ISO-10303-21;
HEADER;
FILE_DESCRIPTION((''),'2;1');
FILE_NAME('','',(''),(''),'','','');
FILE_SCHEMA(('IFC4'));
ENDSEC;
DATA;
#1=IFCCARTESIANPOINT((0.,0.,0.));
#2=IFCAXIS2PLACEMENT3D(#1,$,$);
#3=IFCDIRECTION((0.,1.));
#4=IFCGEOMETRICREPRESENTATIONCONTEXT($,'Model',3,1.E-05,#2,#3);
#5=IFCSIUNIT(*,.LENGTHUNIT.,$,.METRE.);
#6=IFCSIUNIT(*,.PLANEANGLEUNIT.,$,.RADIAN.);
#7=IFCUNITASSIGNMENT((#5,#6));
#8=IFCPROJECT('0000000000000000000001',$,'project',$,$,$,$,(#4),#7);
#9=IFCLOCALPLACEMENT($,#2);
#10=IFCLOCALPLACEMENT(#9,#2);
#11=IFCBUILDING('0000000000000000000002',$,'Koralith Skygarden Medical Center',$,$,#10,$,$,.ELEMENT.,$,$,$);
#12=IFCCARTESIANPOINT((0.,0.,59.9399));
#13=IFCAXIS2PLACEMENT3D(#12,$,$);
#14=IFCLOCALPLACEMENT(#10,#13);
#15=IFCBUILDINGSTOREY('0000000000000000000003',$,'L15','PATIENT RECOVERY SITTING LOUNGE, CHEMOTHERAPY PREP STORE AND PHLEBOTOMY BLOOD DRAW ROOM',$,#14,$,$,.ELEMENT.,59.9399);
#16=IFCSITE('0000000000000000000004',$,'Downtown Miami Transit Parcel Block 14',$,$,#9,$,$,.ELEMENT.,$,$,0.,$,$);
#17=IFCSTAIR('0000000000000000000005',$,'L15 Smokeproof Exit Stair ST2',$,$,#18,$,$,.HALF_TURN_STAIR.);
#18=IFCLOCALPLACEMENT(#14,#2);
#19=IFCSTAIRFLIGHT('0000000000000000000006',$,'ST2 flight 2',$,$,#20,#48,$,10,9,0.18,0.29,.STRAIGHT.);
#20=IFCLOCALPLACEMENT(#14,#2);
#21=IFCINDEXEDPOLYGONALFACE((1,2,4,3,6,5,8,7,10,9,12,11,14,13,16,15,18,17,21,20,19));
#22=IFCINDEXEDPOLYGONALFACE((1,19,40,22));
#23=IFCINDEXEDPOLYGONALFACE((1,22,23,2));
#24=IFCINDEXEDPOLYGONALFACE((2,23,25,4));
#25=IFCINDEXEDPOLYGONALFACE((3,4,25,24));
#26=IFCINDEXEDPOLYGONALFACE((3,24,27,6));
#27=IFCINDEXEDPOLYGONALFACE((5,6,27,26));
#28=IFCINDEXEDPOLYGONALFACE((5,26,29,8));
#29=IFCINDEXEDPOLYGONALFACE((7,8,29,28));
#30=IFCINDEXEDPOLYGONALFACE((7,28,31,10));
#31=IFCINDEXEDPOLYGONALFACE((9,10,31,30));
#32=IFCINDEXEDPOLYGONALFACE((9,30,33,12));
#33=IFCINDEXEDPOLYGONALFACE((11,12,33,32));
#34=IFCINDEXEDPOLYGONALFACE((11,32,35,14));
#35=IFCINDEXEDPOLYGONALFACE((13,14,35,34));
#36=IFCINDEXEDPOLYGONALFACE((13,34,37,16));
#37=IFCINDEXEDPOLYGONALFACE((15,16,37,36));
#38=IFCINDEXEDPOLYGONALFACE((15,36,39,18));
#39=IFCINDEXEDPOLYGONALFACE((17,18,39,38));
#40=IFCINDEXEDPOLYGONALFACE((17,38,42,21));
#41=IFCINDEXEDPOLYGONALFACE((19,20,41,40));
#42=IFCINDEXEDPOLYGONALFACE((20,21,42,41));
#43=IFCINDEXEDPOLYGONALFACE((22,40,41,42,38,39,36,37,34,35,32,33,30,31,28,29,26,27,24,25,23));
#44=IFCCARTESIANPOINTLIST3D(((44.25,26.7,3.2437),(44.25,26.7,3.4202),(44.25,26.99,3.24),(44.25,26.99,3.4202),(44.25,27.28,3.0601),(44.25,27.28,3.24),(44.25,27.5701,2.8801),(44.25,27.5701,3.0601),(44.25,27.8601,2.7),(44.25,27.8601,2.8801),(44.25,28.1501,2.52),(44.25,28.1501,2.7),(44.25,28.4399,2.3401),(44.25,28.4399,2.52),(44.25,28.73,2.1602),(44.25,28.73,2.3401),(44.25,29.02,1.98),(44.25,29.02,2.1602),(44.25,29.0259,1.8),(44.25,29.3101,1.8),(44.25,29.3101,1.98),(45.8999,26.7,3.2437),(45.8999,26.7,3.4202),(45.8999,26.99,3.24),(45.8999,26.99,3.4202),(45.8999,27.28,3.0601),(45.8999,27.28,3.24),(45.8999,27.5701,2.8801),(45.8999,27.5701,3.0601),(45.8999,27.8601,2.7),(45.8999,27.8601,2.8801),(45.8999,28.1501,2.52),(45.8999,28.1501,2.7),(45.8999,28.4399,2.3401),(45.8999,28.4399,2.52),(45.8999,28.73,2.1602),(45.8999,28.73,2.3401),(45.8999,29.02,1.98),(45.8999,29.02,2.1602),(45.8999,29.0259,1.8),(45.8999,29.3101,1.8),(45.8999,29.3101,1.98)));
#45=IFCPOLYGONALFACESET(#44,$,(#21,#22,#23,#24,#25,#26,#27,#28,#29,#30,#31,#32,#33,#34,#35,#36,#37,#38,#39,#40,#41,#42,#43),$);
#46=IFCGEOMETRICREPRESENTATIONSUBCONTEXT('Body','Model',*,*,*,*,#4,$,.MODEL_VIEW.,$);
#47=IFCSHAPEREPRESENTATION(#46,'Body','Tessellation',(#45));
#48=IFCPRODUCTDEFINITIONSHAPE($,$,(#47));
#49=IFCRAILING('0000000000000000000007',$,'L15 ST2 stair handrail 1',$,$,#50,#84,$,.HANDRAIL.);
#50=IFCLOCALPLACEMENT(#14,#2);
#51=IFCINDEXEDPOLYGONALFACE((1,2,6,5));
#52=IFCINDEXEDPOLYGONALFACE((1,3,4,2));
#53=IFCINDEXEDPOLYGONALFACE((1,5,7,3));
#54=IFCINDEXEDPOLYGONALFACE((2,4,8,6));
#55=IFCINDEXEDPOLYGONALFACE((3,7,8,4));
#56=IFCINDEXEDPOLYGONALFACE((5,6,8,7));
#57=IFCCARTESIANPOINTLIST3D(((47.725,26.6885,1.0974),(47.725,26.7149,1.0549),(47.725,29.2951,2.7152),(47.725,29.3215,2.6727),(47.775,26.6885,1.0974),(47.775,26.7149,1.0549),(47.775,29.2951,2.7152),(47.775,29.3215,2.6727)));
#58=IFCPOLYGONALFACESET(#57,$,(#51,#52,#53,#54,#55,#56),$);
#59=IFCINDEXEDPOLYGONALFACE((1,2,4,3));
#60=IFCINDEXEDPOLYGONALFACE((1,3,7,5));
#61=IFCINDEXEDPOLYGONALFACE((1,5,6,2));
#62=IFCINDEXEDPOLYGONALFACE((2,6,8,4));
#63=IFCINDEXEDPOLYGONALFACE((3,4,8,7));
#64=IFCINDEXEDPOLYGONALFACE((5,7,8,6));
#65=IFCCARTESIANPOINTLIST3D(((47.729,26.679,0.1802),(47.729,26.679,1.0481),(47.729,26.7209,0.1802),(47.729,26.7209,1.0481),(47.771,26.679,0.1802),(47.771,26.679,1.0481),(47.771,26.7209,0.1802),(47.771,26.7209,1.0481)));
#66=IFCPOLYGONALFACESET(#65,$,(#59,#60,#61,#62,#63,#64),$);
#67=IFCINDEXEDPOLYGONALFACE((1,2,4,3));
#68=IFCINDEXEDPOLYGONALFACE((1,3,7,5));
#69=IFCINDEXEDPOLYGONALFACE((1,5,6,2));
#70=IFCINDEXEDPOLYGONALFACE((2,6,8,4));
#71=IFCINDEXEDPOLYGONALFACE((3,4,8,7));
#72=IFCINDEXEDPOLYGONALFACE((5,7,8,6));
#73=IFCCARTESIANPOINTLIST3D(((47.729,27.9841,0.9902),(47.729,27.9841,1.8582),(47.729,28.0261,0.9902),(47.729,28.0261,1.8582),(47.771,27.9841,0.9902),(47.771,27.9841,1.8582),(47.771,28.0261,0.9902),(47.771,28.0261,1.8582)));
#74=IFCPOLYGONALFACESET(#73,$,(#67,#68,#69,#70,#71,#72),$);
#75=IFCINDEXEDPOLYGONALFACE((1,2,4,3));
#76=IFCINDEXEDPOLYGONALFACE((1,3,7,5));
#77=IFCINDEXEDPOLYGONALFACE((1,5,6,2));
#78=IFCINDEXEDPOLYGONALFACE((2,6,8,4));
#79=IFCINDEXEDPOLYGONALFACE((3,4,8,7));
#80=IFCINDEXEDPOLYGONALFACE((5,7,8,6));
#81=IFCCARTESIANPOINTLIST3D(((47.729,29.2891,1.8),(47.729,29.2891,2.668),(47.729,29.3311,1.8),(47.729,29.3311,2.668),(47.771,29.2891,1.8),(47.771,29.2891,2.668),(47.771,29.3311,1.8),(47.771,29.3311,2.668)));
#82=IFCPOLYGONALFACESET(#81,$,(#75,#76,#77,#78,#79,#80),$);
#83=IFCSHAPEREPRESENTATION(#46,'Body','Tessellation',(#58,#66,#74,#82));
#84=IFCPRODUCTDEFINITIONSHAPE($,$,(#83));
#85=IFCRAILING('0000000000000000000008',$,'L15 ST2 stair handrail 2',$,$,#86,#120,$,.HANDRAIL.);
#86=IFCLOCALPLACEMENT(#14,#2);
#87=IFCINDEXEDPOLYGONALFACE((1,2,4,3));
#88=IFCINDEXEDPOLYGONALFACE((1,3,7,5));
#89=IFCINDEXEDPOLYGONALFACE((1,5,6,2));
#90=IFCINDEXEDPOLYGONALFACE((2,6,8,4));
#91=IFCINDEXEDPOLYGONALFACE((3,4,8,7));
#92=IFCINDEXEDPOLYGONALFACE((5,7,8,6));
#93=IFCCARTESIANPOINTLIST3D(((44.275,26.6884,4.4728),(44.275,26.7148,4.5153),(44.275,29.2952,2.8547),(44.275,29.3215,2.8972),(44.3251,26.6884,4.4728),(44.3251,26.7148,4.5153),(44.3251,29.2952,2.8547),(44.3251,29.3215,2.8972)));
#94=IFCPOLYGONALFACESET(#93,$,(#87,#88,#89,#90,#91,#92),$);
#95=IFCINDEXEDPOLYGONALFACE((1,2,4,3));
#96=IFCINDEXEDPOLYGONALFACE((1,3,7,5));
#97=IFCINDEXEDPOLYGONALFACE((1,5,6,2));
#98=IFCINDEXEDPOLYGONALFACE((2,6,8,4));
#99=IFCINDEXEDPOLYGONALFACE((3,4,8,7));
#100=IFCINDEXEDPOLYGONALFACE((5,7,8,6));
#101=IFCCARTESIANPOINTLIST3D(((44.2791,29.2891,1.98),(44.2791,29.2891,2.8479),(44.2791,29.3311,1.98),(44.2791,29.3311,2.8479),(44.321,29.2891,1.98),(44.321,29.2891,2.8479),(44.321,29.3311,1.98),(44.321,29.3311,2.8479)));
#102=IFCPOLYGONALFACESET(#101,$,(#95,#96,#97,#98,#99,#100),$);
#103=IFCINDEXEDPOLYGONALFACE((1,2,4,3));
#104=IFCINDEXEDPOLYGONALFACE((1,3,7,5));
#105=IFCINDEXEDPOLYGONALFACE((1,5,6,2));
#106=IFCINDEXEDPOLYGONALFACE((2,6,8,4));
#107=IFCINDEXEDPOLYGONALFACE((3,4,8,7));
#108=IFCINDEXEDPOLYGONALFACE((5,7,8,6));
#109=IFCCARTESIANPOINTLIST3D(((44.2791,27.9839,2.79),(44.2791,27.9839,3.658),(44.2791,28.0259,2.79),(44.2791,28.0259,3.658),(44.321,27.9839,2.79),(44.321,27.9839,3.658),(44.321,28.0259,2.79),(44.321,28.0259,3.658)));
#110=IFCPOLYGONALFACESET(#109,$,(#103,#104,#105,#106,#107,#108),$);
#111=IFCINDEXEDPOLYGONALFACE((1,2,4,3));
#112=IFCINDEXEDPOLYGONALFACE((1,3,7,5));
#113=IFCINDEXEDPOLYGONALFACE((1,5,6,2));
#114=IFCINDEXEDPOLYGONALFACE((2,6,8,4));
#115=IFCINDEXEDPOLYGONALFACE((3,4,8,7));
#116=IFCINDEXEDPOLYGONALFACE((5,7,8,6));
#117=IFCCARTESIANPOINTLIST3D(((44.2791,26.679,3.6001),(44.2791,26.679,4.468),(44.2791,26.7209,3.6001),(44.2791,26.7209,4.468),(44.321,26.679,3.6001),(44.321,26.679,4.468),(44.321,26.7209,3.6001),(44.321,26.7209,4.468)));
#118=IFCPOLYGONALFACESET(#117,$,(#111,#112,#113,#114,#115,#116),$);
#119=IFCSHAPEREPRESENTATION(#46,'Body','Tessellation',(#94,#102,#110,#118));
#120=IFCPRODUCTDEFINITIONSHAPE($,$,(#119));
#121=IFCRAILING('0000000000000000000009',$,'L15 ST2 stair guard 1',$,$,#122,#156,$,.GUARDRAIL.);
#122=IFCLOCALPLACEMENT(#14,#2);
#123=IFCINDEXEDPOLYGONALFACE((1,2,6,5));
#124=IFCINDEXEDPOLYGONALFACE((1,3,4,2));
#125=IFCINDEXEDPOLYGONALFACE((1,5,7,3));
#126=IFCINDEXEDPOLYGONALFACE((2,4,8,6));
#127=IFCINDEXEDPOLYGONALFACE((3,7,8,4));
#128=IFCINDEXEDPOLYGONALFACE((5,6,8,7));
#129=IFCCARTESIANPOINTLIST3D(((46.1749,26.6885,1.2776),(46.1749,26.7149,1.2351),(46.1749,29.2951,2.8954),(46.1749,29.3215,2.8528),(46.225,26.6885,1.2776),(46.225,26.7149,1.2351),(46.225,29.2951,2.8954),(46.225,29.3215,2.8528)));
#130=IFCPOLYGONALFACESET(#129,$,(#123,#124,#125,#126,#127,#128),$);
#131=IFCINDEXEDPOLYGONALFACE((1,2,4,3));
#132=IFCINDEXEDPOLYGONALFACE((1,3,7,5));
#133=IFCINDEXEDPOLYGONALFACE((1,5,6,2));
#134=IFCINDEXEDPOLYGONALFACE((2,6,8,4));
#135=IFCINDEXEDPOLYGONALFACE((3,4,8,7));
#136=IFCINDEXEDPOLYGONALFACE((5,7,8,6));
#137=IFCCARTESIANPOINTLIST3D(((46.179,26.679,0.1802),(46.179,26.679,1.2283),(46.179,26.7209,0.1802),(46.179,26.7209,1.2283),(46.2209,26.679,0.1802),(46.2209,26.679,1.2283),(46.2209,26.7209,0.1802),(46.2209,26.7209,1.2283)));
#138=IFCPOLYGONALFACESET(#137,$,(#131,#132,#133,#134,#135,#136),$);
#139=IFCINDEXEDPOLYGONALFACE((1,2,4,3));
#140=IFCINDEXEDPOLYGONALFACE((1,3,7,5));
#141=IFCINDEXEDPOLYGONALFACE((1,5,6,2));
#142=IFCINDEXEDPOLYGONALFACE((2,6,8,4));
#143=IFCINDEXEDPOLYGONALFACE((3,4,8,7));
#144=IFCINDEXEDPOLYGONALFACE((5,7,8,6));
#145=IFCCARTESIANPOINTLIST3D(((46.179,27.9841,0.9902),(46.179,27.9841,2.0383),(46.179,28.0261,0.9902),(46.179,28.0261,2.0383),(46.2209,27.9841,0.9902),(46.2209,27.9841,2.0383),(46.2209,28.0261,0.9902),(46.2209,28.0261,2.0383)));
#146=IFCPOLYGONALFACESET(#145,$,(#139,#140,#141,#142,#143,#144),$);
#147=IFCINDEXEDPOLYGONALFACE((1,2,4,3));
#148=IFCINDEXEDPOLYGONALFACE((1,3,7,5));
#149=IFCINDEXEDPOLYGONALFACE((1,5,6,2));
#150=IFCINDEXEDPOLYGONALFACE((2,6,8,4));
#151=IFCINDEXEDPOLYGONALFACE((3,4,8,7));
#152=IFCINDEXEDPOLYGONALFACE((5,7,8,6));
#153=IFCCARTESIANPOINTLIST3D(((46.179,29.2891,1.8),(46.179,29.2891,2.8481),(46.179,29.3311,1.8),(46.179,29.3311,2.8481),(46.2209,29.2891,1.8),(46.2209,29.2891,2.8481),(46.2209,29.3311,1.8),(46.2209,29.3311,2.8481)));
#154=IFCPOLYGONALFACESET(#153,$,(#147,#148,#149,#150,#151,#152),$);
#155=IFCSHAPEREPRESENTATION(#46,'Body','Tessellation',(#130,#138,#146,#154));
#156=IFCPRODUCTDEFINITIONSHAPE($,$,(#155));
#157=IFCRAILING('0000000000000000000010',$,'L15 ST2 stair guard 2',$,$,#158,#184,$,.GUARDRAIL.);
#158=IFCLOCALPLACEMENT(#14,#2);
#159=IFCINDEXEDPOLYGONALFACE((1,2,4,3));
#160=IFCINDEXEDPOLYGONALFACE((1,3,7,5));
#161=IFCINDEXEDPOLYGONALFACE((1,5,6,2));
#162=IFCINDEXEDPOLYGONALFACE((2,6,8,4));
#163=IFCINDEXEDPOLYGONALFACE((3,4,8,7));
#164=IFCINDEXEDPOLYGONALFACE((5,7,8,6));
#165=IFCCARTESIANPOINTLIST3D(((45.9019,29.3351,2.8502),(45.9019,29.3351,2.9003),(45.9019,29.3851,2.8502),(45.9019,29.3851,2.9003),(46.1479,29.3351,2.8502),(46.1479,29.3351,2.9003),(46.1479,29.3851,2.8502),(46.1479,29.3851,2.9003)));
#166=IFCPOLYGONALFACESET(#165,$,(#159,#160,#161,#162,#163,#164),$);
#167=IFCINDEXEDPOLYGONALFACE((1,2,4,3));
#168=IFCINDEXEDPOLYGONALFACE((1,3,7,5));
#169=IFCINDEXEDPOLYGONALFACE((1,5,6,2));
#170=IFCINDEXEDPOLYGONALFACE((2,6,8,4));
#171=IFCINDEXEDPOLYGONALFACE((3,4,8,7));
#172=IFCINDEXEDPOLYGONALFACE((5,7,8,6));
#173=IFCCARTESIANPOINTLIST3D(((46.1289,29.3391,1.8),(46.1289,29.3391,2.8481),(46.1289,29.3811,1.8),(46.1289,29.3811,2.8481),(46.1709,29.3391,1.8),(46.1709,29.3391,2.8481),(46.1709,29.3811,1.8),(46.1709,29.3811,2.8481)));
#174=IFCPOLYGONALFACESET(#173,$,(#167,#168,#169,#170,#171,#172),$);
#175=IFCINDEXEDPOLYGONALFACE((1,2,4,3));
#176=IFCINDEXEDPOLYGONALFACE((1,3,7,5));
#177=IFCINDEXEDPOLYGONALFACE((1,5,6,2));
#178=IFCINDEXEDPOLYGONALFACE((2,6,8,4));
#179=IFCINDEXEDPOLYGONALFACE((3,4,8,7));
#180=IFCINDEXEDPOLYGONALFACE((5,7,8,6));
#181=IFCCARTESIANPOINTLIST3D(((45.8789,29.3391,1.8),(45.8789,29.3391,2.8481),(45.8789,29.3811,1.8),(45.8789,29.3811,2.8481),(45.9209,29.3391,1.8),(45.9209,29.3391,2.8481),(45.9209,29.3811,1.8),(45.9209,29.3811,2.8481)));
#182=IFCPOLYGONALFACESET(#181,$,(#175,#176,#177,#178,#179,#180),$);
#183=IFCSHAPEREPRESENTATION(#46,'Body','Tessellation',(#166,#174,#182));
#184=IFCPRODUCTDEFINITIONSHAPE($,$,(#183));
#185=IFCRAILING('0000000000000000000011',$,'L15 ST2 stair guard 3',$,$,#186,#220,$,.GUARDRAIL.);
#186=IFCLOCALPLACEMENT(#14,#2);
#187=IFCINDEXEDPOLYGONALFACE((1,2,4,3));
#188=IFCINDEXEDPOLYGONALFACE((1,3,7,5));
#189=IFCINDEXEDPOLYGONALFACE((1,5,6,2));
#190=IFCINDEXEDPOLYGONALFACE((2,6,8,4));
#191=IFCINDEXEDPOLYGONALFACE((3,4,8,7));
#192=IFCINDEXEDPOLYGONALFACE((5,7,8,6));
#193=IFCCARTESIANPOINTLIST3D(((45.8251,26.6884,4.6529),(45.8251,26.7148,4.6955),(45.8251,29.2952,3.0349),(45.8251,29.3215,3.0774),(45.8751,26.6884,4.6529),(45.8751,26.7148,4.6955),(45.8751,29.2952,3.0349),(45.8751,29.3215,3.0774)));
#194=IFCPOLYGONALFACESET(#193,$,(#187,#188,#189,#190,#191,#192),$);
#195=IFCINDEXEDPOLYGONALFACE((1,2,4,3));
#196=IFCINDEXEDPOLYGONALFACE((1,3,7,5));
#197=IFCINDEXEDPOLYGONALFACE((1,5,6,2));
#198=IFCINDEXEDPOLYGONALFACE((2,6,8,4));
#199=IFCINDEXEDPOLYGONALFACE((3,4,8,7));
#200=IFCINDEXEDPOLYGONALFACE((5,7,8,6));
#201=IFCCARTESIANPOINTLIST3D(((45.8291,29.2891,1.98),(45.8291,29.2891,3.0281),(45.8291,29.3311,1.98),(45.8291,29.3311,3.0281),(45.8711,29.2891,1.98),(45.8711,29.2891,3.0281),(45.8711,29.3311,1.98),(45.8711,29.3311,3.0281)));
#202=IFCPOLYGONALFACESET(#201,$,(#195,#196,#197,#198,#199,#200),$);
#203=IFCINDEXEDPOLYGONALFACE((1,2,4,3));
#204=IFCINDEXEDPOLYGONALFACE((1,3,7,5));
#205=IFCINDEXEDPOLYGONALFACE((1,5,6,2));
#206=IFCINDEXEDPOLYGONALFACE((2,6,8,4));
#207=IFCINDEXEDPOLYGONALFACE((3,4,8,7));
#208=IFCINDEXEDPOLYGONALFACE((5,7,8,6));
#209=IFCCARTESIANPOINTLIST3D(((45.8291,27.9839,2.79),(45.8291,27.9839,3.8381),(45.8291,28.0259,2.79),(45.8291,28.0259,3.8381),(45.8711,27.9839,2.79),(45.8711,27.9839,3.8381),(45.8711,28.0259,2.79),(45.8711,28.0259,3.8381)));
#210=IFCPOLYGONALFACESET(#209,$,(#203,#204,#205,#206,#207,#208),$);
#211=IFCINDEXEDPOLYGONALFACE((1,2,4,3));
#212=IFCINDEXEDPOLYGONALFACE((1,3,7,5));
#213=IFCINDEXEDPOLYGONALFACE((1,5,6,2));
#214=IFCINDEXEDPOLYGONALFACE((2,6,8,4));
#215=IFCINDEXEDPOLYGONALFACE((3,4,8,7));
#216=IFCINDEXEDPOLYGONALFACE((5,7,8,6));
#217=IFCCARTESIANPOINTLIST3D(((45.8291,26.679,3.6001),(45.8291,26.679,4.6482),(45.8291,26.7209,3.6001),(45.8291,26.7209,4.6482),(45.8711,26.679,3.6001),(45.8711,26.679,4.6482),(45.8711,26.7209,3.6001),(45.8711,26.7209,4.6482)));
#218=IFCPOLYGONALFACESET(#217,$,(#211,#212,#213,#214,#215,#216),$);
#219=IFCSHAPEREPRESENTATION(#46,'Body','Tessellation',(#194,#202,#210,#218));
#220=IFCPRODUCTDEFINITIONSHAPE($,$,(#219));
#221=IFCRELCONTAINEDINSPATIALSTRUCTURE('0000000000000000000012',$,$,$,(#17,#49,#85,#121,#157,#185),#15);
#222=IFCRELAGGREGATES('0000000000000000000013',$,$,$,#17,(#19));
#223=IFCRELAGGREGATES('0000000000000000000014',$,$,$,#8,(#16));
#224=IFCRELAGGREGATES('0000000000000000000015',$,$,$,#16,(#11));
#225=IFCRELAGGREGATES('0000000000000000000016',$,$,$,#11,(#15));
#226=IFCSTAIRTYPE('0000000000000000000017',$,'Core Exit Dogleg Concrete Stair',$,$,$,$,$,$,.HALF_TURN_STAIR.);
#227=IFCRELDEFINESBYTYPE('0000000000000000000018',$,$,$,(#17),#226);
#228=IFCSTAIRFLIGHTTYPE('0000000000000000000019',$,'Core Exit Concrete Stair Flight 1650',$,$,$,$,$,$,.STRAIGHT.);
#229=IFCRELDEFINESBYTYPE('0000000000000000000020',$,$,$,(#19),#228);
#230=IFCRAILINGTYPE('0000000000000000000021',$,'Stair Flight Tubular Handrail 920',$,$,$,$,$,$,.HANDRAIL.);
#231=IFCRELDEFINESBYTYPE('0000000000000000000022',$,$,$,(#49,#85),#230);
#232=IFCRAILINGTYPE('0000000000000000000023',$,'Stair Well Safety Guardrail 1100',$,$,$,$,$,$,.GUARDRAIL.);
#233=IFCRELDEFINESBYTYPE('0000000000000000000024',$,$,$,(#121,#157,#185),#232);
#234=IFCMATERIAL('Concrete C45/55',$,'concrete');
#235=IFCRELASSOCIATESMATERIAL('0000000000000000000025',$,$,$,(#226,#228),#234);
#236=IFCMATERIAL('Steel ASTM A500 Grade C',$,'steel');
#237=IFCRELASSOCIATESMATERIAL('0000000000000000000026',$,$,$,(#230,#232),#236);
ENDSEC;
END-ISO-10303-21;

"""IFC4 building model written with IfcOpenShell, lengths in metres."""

from ifc_helpers import new_model, si_unit, direction, frame, origin, origin_2d, place, context, subcontext, project, spatial, polyline, rectangle, outline, extrude, material, type_object, element, aggregate, save


model = new_model("IFC4")

# Units and contexts
model_context = context("Model", 3, precision=1e-05, world=origin(), true_north=direction((0.0, 1.0)))
body_context = subcontext(model_context, "Body", "Model", "MODEL_VIEW")
ifc_project = project(units=[si_unit("LENGTHUNIT", "METRE"), si_unit("PLANEANGLEUNIT", "RADIAN")], contexts=[model_context])

# Site, building, storey
site_placement = place(None, origin())
site = spatial("IfcSite", under=ifc_project, at=site_placement, Name="Downtown Miami Transit Parcel Block 14", CompositionType="ELEMENT", RefElevation=0.0)
building_placement = place(site_placement, origin())
building = spatial("IfcBuilding", under=site, at=building_placement, Name="Koralith Skygarden Medical Center", CompositionType="ELEMENT")
storey_placement = place(building_placement, frame((0.0, 0.0, 59.9399)))
storey = spatial("IfcBuildingStorey", under=building, at=storey_placement, Name="L15", Description="PATIENT RECOVERY SITTING LOUNGE, CHEMOTHERAPY PREP STORE AND PHLEBOTOMY BLOOD DRAW ROOM", CompositionType="ELEMENT", Elevation=59.9399)

# Shared definitions
ifc_material_1 = material(Name="Concrete C45/55", Category="concrete")

# Shared definitions
ifc_material_2 = material(Name="Steel ASTM A500 Grade C", Category="steel")

# Stair, stair flight
stair_type = type_object("IfcStairType", Name="Core Exit Dogleg Concrete Stair", PredefinedType="HALF_TURN_STAIR", material=ifc_material_1)
stair_placement = place(storey_placement, origin())
stair = element("IfcStair", 1, at=stair_placement, inside=storey, type_object=stair_type, Name="L15 Smokeproof Exit Stair ST2", PredefinedType="HALF_TURN_STAIR")
stair_flight_type = type_object("IfcStairFlightType", Name="Core Exit Concrete Stair Flight 1650", PredefinedType="STRAIGHT", material=ifc_material_1)
stair_flight_1_placement = place(storey_placement, frame((45.075, 29.3101, 1.8), z_axis=(0.0, 0.0, 1.0), x_axis=(0.0, -1.0, 0.0)))
stair_flight_1 = element("IfcStairFlight", 2, at=stair_flight_1_placement, type_object=stair_flight_type, Name="ST2 flight 2", NumberOfRisers=10, NumberOfTreads=9, PredefinedType="STRAIGHT", RiserHeight=0.18, TreadLength=0.29, context=body_context, shape_type="SweptSolid", body=[
    extrude(outline(polyline([(0.0, 0.0), (0.0, 0.1799), (0.29, 0.1799), (0.29, 0.3601), (0.5801, 0.3601), (0.5801, 0.54), (0.8701, 0.54), (0.8701, 0.72), (1.1599, 0.72), (1.1599, 0.8999), (1.45, 0.8999), (1.45, 1.0801), (1.74, 1.0801), (1.74, 1.26), (2.03, 1.26), (2.03, 1.4399), (2.3201, 1.4399), (2.3201, 1.6201), (2.6101, 1.6201), (2.6101, 1.8), (2.6101, 1.4436), (0.2842, 0.0), (0.0, 0.0)])), frame((0.0, 0.825, 0.0), z_axis=(0.0, -1.0, 0.0), x_axis=(1.0, 0.0, 0.0)), (0.0, 0.0, 1.0), 1.6499),
])
aggregate(stair, [stair_flight_1])

# Railings
railing_type_1 = type_object("IfcRailingType", Name="Stair Flight Tubular Handrail 920", PredefinedType="HANDRAIL", material=ifc_material_2)
railing_1_placement = place(storey_placement, frame((47.75, 26.7, 0.1802)))
element("IfcRailing", 3, at=railing_1_placement, inside=storey, type_object=railing_type_1, Name="L15 ST2 stair handrail 1", PredefinedType="HANDRAIL", context=body_context, shape_type="SweptSolid", body=[
    extrude(rectangle(XDim=0.05, YDim=0.05, at=origin_2d()), frame((0.0, 0.0017, 0.896), z_axis=(0.0, 0.849668, 0.527317), x_axis=(-1.0, 0.0, 0.0)), (0.0, 0.0, 1.0), 3.0679),
    extrude(rectangle(XDim=0.042, YDim=0.042, at=origin_2d()), origin(), (0.0, 0.0, 1.0), 0.8679),
    extrude(rectangle(XDim=0.042, YDim=0.042, at=origin_2d()), frame((0.0, 1.3052, 0.8101)), (0.0, 0.0, 1.0), 0.8679),
    extrude(rectangle(XDim=0.042, YDim=0.042, at=origin_2d()), frame((0.0, 2.6101, 1.6199)), (0.0, 0.0, 1.0), 0.8679),
])
railing_2_placement = place(storey_placement, frame((44.3, 29.3101, 1.98)))
element("IfcRailing", 4, at=railing_2_placement, inside=storey, type_object=railing_type_1, Name="L15 ST2 stair handrail 2", PredefinedType="HANDRAIL", context=body_context, shape_type="SweptSolid", body=[
    extrude(rectangle(XDim=0.05, YDim=0.05, at=origin_2d()), frame((0.0, -0.0017, 0.896), z_axis=(0.0, -0.849633, 0.527375), x_axis=(1.0, 0.0, 0.0)), (0.0, 0.0, 1.0), 3.0681),
    extrude(rectangle(XDim=0.042, YDim=0.042, at=origin_2d()), origin(), (0.0, 0.0, 1.0), 0.8679),
    extrude(rectangle(XDim=0.042, YDim=0.042, at=origin_2d()), frame((0.0, -1.3052, 0.8101)), (0.0, 0.0, 1.0), 0.8679),
    extrude(rectangle(XDim=0.042, YDim=0.042, at=origin_2d()), frame((0.0, -2.6101, 1.6201)), (0.0, 0.0, 1.0), 0.8679),
])
railing_type_2 = type_object("IfcRailingType", Name="Stair Well Safety Guardrail 1100", PredefinedType="GUARDRAIL", material=ifc_material_2)
railing_3_placement = place(storey_placement, frame((46.2, 26.7, 0.1802)))
element("IfcRailing", 5, at=railing_3_placement, inside=storey, type_object=railing_type_2, Name="L15 ST2 stair guard 1", PredefinedType="GUARDRAIL", context=body_context, shape_type="SweptSolid", body=[
    extrude(rectangle(XDim=0.05, YDim=0.05, at=origin_2d()), frame((0.0, 0.0017, 1.0762), z_axis=(0.0, 0.849668, 0.527317), x_axis=(-1.0, 0.0, 0.0)), (0.0, 0.0, 1.0), 3.0679),
    extrude(rectangle(XDim=0.042, YDim=0.042, at=origin_2d()), origin(), (0.0, 0.0, 1.0), 1.0481),
    extrude(rectangle(XDim=0.042, YDim=0.042, at=origin_2d()), frame((0.0, 1.3052, 0.8101)), (0.0, 0.0, 1.0), 1.0481),
    extrude(rectangle(XDim=0.042, YDim=0.042, at=origin_2d()), frame((0.0, 2.6101, 1.6199)), (0.0, 0.0, 1.0), 1.0481),
])
railing_4_placement = place(storey_placement, frame((46.1499, 29.3601, 1.8)))
element("IfcRailing", 6, at=railing_4_placement, inside=storey, type_object=railing_type_2, Name="L15 ST2 stair guard 2", PredefinedType="GUARDRAIL", context=body_context, shape_type="SweptSolid", body=[
    extrude(rectangle(XDim=0.05, YDim=0.05, at=origin_2d()), frame((-0.002, 0.0, 1.0752), z_axis=(-1.0, 0.0, 0.0), x_axis=(0.0, -1.0, 0.0)), (0.0, 0.0, 1.0), 0.2461),
    extrude(rectangle(XDim=0.042, YDim=0.042, at=origin_2d()), origin(), (0.0, 0.0, 1.0), 1.0481),
    extrude(rectangle(XDim=0.042, YDim=0.042, at=origin_2d()), frame((-0.25, 0.0, 0.0)), (0.0, 0.0, 1.0), 1.0481),
])
railing_5_placement = place(storey_placement, frame((45.8501, 29.3101, 1.98)))
element("IfcRailing", 7, at=railing_5_placement, inside=storey, type_object=railing_type_2, Name="L15 ST2 stair guard 3", PredefinedType="GUARDRAIL", context=body_context, shape_type="SweptSolid", body=[
    extrude(rectangle(XDim=0.05, YDim=0.05, at=origin_2d()), frame((0.0, -0.0017, 1.0762), z_axis=(0.0, -0.849633, 0.527375), x_axis=(1.0, 0.0, 0.0)), (0.0, 0.0, 1.0), 3.0681),
    extrude(rectangle(XDim=0.042, YDim=0.042, at=origin_2d()), origin(), (0.0, 0.0, 1.0), 1.0481),
    extrude(rectangle(XDim=0.042, YDim=0.042, at=origin_2d()), frame((0.0, -1.3052, 0.8101)), (0.0, 0.0, 1.0), 1.0481),
    extrude(rectangle(XDim=0.042, YDim=0.042, at=origin_2d()), frame((0.0, -2.6101, 1.6201)), (0.0, 0.0, 1.0), 1.0481),
])

save(model, "model.ifc")
